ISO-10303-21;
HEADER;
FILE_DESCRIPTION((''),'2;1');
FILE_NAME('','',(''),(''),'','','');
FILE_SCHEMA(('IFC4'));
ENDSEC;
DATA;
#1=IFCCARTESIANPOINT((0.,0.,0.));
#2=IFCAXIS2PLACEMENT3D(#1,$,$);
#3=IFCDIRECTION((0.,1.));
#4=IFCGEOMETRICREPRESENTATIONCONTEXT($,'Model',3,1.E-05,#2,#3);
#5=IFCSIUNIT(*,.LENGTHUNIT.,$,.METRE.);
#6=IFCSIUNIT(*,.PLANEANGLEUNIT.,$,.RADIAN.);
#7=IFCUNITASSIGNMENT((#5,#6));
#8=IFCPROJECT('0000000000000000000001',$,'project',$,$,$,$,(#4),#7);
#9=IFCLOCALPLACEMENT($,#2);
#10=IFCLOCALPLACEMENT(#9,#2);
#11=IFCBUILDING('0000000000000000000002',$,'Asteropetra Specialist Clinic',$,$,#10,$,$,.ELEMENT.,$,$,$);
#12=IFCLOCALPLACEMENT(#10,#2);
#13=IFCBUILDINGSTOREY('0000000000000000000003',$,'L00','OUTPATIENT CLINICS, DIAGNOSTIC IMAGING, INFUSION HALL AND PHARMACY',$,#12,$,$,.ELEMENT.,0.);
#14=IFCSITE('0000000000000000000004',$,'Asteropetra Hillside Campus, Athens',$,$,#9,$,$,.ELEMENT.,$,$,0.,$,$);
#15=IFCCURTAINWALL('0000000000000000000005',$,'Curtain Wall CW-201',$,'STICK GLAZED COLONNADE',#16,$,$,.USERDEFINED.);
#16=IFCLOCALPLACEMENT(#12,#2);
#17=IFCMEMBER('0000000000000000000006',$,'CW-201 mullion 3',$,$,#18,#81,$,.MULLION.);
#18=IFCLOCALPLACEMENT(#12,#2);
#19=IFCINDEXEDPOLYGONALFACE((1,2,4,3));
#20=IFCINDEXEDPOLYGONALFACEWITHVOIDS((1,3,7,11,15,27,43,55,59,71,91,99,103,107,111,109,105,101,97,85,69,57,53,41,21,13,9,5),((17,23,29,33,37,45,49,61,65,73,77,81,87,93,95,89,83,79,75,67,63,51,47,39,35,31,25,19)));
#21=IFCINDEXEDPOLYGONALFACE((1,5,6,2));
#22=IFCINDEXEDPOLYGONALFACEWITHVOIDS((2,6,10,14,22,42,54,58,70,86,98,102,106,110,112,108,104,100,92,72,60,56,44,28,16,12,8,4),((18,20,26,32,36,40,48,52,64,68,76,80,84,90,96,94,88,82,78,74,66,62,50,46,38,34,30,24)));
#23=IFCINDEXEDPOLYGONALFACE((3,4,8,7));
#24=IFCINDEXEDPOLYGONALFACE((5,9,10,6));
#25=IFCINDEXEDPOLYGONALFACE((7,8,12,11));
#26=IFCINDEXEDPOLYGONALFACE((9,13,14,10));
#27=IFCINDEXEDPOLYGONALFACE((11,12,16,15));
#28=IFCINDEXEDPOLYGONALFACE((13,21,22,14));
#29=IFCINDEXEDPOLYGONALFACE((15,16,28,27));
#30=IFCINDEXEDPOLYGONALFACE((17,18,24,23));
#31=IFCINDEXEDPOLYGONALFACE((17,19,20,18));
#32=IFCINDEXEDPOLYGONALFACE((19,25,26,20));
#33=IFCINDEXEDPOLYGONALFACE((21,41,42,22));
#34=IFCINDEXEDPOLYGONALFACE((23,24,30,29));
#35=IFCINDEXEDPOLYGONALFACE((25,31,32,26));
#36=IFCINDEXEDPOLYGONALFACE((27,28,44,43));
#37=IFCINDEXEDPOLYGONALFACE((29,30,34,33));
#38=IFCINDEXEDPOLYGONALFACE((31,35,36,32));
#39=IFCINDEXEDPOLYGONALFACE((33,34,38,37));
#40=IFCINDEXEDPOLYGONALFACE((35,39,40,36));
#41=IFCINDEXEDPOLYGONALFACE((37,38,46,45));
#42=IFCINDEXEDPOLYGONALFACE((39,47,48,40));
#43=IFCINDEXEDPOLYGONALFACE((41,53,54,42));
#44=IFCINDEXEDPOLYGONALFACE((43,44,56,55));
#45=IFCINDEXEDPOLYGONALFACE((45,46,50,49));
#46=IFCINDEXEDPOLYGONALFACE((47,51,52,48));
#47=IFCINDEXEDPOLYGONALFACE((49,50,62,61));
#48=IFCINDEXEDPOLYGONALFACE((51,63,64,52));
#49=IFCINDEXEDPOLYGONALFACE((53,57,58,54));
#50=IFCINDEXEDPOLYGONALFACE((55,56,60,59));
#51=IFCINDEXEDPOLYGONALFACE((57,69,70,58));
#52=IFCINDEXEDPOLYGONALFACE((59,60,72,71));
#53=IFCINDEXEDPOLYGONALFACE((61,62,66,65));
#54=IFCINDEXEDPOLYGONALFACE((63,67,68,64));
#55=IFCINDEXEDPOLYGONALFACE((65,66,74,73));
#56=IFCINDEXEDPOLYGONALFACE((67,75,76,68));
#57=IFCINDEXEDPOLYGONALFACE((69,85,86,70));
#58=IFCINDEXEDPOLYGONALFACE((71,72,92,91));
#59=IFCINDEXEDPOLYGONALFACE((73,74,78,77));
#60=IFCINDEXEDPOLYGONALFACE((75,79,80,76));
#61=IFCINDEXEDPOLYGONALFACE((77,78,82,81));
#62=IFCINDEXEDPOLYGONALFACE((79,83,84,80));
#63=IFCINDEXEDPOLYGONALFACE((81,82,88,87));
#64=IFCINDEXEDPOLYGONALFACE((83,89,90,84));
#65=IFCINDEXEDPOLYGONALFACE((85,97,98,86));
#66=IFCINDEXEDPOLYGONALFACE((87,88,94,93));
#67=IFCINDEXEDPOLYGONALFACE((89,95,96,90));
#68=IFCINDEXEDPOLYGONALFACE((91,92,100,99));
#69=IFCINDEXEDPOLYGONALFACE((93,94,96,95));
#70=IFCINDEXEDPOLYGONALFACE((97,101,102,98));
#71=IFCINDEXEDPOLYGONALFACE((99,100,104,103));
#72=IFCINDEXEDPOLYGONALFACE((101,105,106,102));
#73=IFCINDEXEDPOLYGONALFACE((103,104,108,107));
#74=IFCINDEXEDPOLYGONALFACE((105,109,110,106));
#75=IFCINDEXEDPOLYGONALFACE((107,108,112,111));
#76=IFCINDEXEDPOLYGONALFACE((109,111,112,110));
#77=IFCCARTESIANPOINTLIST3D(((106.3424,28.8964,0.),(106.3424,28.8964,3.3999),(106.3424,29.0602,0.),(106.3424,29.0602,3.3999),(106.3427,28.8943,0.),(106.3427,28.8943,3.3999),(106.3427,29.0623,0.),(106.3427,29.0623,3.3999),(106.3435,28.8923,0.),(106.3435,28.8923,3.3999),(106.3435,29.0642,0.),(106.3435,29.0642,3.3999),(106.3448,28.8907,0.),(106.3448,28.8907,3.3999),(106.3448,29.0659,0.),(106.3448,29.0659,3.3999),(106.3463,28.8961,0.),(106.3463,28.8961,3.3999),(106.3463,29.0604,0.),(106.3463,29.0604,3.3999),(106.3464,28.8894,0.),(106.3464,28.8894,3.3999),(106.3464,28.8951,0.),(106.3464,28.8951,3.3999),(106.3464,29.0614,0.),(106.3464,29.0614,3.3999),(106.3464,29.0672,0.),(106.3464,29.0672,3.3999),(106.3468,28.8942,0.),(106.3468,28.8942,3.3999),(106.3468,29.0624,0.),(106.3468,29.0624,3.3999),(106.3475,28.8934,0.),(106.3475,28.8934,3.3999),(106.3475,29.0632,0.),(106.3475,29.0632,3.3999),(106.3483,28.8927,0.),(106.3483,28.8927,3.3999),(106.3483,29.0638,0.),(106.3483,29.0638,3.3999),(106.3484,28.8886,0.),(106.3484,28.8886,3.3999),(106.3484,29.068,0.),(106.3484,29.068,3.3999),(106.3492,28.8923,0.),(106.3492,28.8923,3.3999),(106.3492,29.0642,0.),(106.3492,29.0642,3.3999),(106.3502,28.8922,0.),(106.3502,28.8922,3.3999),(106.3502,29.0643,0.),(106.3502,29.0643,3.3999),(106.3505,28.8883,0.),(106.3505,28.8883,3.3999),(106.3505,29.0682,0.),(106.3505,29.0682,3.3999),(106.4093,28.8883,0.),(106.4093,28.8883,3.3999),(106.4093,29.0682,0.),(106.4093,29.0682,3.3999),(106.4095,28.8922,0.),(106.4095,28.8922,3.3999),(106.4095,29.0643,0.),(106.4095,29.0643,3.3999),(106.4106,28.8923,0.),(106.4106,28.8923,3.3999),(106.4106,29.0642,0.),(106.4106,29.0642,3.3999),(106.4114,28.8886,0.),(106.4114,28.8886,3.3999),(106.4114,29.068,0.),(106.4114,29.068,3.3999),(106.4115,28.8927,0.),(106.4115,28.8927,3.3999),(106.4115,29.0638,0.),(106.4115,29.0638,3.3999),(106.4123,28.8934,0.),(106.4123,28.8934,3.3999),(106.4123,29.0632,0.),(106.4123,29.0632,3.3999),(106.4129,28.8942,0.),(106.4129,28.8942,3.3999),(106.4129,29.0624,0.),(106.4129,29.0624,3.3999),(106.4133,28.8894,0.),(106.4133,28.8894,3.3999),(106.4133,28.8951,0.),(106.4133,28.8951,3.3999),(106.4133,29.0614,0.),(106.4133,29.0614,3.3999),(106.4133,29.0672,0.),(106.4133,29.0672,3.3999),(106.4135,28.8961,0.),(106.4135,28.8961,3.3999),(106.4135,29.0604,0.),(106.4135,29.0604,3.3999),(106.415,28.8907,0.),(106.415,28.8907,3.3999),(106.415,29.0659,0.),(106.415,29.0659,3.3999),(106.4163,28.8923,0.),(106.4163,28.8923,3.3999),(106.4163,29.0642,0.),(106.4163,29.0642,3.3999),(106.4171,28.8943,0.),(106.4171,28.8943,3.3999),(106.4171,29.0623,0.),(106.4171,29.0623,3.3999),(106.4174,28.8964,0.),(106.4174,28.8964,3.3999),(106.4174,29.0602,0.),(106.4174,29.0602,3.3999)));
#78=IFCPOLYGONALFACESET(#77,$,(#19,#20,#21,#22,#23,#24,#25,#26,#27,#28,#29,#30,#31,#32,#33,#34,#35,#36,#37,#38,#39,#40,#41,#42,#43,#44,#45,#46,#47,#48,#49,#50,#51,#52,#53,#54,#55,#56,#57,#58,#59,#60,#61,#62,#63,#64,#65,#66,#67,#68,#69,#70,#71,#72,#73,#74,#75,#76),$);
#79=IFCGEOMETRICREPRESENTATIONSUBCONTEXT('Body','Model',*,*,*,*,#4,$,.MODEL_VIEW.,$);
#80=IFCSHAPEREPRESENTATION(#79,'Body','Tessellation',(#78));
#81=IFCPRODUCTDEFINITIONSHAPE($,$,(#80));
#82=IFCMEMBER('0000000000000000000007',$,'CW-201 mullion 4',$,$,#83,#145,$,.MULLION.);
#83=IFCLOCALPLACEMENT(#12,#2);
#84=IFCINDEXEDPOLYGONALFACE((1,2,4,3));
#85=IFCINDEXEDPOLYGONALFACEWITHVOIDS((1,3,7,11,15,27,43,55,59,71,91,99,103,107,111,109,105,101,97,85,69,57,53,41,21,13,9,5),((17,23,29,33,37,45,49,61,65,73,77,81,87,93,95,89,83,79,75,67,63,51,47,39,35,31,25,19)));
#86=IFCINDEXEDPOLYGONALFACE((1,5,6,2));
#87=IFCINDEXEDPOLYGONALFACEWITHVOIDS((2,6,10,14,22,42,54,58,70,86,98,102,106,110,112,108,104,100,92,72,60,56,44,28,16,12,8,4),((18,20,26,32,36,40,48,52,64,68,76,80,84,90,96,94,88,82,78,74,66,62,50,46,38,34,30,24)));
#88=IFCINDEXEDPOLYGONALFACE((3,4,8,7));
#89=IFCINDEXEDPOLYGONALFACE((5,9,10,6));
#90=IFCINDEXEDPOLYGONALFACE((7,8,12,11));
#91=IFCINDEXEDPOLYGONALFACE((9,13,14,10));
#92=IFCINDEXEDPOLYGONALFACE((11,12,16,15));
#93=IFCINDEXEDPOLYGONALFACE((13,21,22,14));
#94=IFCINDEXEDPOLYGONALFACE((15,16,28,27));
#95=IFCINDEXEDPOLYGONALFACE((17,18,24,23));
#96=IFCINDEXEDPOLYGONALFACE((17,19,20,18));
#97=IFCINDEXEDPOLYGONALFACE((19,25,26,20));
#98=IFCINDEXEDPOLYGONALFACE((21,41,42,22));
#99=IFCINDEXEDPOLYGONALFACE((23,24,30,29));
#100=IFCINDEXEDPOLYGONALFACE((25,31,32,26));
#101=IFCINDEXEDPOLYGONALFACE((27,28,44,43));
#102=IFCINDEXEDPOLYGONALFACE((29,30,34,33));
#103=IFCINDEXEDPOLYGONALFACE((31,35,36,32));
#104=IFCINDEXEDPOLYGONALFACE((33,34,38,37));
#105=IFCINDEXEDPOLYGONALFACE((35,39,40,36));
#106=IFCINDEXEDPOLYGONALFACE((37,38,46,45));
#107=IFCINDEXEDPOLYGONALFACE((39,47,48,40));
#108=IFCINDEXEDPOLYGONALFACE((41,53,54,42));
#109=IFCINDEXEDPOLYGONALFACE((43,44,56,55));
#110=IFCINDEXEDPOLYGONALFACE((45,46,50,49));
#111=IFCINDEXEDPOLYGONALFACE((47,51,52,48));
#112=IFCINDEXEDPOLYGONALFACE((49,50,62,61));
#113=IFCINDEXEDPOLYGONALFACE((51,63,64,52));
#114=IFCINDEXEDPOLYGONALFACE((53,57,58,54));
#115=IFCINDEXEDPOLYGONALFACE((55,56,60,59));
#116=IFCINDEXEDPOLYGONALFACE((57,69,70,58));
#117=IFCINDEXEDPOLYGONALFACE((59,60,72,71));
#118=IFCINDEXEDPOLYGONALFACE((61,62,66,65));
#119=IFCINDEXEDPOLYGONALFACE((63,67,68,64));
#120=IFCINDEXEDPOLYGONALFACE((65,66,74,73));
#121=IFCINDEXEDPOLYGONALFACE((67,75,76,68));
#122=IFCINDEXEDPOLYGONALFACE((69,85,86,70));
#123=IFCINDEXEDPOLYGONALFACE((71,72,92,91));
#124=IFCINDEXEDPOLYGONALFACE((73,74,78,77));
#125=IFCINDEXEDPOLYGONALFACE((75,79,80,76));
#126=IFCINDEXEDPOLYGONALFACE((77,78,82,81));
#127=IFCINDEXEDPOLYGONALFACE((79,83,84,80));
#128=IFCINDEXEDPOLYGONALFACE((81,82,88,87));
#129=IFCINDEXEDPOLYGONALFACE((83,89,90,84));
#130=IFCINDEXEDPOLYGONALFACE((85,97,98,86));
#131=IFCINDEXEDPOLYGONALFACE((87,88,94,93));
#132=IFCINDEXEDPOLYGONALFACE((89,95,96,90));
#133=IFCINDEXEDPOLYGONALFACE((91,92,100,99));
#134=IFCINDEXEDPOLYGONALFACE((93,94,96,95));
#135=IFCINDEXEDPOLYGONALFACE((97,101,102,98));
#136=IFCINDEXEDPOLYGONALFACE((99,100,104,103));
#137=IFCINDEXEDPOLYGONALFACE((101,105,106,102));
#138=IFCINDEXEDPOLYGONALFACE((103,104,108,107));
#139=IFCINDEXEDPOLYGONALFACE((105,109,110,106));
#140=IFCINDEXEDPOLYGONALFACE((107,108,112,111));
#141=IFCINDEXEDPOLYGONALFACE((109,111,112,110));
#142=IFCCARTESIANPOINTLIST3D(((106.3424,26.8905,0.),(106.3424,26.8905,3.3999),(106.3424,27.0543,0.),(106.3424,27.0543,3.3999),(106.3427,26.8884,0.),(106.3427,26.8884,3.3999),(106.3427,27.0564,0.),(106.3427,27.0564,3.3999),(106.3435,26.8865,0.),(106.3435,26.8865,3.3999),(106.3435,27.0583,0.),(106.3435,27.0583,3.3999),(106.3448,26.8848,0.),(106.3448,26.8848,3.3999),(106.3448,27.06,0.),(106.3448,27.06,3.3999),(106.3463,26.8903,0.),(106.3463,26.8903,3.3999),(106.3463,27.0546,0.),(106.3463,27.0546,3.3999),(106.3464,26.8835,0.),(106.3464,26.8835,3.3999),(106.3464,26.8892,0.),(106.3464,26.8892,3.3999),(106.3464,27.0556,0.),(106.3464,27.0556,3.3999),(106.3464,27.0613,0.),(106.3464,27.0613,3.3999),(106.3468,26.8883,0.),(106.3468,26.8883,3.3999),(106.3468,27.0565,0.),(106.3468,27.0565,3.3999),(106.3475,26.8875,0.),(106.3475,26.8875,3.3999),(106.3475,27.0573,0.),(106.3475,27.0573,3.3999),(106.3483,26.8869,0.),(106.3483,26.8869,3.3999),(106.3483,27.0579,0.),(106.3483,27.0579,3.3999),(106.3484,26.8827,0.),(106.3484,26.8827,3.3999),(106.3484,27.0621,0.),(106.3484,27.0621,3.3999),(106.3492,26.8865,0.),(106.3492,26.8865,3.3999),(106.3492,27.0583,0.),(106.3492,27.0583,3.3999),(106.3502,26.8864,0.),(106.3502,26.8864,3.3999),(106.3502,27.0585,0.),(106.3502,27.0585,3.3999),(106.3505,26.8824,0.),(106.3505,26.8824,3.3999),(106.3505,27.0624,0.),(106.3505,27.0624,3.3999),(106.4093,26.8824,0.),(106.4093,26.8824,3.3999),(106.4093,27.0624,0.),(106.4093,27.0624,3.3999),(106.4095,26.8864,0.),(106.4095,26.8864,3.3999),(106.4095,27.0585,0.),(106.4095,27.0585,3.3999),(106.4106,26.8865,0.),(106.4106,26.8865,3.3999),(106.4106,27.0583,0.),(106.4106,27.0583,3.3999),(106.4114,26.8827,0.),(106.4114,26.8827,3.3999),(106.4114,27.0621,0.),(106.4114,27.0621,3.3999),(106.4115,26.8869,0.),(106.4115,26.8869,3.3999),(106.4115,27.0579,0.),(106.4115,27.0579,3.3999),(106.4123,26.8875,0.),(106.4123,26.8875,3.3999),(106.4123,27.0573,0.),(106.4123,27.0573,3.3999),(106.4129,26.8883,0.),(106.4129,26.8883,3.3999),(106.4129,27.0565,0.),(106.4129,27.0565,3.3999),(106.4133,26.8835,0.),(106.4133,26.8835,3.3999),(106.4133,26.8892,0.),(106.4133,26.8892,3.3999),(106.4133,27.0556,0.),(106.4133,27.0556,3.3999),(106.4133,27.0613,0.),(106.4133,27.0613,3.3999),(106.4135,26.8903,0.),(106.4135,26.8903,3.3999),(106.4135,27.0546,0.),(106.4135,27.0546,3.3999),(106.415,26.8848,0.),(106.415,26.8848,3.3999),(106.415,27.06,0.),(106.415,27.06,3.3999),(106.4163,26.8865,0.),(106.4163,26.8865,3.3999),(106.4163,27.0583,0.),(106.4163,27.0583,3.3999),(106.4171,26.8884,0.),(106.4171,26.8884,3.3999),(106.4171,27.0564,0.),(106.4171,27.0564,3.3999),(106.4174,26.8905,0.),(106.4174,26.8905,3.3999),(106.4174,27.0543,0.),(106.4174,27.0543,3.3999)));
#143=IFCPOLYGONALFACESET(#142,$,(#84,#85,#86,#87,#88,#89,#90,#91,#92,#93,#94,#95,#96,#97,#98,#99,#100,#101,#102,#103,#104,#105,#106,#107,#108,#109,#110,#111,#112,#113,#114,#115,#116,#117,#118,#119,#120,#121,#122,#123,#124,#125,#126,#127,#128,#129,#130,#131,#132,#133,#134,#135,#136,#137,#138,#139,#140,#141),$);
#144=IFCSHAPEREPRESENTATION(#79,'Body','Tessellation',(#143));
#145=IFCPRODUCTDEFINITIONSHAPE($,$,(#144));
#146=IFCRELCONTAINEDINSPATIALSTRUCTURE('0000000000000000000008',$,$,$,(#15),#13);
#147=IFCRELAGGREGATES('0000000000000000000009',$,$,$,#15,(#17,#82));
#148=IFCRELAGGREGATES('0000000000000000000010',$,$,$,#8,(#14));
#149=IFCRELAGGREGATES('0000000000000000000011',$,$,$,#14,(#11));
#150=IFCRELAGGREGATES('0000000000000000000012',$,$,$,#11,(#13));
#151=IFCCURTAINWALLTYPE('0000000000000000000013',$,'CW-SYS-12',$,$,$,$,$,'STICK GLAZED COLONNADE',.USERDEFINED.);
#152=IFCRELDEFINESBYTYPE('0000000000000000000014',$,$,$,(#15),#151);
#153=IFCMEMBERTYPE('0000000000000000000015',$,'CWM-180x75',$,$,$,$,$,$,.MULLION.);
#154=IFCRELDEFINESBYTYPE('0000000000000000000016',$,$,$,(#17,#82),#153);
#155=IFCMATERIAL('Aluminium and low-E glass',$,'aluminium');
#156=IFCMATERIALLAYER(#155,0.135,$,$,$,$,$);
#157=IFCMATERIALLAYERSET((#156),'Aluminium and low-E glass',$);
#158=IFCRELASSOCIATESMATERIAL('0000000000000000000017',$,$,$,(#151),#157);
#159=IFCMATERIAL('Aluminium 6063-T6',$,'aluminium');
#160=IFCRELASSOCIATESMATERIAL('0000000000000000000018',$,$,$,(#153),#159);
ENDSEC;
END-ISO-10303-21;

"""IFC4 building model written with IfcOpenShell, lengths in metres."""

from ifc_helpers import new_model, si_unit, direction, frame, origin, origin_2d, place, context, subcontext, project, spatial, hollow_rectangle, extrude, material, layer, layer_set, material_profile, profile_set, type_object, element, aggregate, save


model = new_model("IFC4")

# Units and contexts
model_context = context("Model", 3, precision=1e-05, world=origin(), true_north=direction((0.0, 1.0)))
body_context = subcontext(model_context, "Body", "Model", "MODEL_VIEW")
ifc_project = project(units=[si_unit("LENGTHUNIT", "METRE"), si_unit("PLANEANGLEUNIT", "RADIAN")], contexts=[model_context])

# Site, building, storey
site_placement = place(None, origin())
site = spatial("IfcSite", under=ifc_project, at=site_placement, Name="Asteropetra Hillside Campus, Athens", CompositionType="ELEMENT", RefElevation=0.0)
building_placement = place(site_placement, origin())
building = spatial("IfcBuilding", under=site, at=building_placement, Name="Asteropetra Specialist Clinic", CompositionType="ELEMENT")
storey_placement = place(building_placement, origin())
storey = spatial("IfcBuildingStorey", under=building, at=storey_placement, Name="L00", Description="OUTPATIENT CLINICS, DIAGNOSTIC IMAGING, INFUSION HALL AND PHARMACY", CompositionType="ELEMENT", Elevation=0.0)

# Curtain wall, members
ifc_material_1 = material(Name="Aluminium and low-E glass", Category="aluminium")
ifc_layer_1 = layer(ifc_material_1, 0.135)
ifc_layer_set_1 = layer_set([ifc_layer_1], Name="Aluminium and low-E glass")
curtain_wall_type_1 = type_object("IfcCurtainWallType", Name="CW-SYS-12", ElementType="STICK GLAZED COLONNADE", PredefinedType="USERDEFINED", material=ifc_layer_set_1)
curtain_wall_1_placement = place(storey_placement, origin())
curtain_wall_1 = element("IfcCurtainWall", 1, at=curtain_wall_1_placement, inside=storey, type_object=curtain_wall_type_1, Name="Curtain Wall CW-201", ObjectType="STICK GLAZED COLONNADE", PredefinedType="USERDEFINED")
ifc_material_2 = material(Name="Aluminium 6063-T6", Category="aluminium")
ifc_material_profile_1 = material_profile(ifc_material_2, hollow_rectangle(XDim=0.075, YDim=0.1799, WallThickness=0.0039, InnerFilletRadius=0.0039, OuterFilletRadius=0.0081, at=origin_2d()), Name="MUL 180x75x4.0")
ifc_profile_set_1 = profile_set([ifc_material_profile_1], Name="Aluminium 6063-T6")
member_type_1 = type_object("IfcMemberType", Name="CWM-180x75", PredefinedType="MULLION", material=ifc_profile_set_1)
member_1_placement = place(storey_placement, frame((106.3799, 28.9783, 0.0), z_axis=(0.0, 0.0, 1.0), x_axis=(1.0, 0.0, 0.0)))
member_1 = element("IfcMember", 2, at=member_1_placement, type_object=member_type_1, Name="CW-201 mullion 3", PredefinedType="MULLION", context=body_context, shape_type="SweptSolid", body=[
    extrude(hollow_rectangle(XDim=0.075, YDim=0.1799, WallThickness=0.0039, InnerFilletRadius=0.0039, OuterFilletRadius=0.0081, at=origin_2d()), origin(), (0.0, 0.0, 1.0), 3.3999),
])
member_2_placement = place(storey_placement, frame((106.3799, 26.9724, 0.0), z_axis=(0.0, 0.0, 1.0), x_axis=(1.0, 0.0, 0.0)))
member_2 = element("IfcMember", 3, at=member_2_placement, type_object=member_type_1, Name="CW-201 mullion 4", PredefinedType="MULLION", context=body_context, shape_type="SweptSolid", body=[
    extrude(hollow_rectangle(XDim=0.075, YDim=0.1799, WallThickness=0.0039, InnerFilletRadius=0.0039, OuterFilletRadius=0.0081, at=origin_2d()), origin(), (0.0, 0.0, 1.0), 3.3999),
])

aggregate(curtain_wall_1, [member_1, member_2])

save(model, "model.ifc")
